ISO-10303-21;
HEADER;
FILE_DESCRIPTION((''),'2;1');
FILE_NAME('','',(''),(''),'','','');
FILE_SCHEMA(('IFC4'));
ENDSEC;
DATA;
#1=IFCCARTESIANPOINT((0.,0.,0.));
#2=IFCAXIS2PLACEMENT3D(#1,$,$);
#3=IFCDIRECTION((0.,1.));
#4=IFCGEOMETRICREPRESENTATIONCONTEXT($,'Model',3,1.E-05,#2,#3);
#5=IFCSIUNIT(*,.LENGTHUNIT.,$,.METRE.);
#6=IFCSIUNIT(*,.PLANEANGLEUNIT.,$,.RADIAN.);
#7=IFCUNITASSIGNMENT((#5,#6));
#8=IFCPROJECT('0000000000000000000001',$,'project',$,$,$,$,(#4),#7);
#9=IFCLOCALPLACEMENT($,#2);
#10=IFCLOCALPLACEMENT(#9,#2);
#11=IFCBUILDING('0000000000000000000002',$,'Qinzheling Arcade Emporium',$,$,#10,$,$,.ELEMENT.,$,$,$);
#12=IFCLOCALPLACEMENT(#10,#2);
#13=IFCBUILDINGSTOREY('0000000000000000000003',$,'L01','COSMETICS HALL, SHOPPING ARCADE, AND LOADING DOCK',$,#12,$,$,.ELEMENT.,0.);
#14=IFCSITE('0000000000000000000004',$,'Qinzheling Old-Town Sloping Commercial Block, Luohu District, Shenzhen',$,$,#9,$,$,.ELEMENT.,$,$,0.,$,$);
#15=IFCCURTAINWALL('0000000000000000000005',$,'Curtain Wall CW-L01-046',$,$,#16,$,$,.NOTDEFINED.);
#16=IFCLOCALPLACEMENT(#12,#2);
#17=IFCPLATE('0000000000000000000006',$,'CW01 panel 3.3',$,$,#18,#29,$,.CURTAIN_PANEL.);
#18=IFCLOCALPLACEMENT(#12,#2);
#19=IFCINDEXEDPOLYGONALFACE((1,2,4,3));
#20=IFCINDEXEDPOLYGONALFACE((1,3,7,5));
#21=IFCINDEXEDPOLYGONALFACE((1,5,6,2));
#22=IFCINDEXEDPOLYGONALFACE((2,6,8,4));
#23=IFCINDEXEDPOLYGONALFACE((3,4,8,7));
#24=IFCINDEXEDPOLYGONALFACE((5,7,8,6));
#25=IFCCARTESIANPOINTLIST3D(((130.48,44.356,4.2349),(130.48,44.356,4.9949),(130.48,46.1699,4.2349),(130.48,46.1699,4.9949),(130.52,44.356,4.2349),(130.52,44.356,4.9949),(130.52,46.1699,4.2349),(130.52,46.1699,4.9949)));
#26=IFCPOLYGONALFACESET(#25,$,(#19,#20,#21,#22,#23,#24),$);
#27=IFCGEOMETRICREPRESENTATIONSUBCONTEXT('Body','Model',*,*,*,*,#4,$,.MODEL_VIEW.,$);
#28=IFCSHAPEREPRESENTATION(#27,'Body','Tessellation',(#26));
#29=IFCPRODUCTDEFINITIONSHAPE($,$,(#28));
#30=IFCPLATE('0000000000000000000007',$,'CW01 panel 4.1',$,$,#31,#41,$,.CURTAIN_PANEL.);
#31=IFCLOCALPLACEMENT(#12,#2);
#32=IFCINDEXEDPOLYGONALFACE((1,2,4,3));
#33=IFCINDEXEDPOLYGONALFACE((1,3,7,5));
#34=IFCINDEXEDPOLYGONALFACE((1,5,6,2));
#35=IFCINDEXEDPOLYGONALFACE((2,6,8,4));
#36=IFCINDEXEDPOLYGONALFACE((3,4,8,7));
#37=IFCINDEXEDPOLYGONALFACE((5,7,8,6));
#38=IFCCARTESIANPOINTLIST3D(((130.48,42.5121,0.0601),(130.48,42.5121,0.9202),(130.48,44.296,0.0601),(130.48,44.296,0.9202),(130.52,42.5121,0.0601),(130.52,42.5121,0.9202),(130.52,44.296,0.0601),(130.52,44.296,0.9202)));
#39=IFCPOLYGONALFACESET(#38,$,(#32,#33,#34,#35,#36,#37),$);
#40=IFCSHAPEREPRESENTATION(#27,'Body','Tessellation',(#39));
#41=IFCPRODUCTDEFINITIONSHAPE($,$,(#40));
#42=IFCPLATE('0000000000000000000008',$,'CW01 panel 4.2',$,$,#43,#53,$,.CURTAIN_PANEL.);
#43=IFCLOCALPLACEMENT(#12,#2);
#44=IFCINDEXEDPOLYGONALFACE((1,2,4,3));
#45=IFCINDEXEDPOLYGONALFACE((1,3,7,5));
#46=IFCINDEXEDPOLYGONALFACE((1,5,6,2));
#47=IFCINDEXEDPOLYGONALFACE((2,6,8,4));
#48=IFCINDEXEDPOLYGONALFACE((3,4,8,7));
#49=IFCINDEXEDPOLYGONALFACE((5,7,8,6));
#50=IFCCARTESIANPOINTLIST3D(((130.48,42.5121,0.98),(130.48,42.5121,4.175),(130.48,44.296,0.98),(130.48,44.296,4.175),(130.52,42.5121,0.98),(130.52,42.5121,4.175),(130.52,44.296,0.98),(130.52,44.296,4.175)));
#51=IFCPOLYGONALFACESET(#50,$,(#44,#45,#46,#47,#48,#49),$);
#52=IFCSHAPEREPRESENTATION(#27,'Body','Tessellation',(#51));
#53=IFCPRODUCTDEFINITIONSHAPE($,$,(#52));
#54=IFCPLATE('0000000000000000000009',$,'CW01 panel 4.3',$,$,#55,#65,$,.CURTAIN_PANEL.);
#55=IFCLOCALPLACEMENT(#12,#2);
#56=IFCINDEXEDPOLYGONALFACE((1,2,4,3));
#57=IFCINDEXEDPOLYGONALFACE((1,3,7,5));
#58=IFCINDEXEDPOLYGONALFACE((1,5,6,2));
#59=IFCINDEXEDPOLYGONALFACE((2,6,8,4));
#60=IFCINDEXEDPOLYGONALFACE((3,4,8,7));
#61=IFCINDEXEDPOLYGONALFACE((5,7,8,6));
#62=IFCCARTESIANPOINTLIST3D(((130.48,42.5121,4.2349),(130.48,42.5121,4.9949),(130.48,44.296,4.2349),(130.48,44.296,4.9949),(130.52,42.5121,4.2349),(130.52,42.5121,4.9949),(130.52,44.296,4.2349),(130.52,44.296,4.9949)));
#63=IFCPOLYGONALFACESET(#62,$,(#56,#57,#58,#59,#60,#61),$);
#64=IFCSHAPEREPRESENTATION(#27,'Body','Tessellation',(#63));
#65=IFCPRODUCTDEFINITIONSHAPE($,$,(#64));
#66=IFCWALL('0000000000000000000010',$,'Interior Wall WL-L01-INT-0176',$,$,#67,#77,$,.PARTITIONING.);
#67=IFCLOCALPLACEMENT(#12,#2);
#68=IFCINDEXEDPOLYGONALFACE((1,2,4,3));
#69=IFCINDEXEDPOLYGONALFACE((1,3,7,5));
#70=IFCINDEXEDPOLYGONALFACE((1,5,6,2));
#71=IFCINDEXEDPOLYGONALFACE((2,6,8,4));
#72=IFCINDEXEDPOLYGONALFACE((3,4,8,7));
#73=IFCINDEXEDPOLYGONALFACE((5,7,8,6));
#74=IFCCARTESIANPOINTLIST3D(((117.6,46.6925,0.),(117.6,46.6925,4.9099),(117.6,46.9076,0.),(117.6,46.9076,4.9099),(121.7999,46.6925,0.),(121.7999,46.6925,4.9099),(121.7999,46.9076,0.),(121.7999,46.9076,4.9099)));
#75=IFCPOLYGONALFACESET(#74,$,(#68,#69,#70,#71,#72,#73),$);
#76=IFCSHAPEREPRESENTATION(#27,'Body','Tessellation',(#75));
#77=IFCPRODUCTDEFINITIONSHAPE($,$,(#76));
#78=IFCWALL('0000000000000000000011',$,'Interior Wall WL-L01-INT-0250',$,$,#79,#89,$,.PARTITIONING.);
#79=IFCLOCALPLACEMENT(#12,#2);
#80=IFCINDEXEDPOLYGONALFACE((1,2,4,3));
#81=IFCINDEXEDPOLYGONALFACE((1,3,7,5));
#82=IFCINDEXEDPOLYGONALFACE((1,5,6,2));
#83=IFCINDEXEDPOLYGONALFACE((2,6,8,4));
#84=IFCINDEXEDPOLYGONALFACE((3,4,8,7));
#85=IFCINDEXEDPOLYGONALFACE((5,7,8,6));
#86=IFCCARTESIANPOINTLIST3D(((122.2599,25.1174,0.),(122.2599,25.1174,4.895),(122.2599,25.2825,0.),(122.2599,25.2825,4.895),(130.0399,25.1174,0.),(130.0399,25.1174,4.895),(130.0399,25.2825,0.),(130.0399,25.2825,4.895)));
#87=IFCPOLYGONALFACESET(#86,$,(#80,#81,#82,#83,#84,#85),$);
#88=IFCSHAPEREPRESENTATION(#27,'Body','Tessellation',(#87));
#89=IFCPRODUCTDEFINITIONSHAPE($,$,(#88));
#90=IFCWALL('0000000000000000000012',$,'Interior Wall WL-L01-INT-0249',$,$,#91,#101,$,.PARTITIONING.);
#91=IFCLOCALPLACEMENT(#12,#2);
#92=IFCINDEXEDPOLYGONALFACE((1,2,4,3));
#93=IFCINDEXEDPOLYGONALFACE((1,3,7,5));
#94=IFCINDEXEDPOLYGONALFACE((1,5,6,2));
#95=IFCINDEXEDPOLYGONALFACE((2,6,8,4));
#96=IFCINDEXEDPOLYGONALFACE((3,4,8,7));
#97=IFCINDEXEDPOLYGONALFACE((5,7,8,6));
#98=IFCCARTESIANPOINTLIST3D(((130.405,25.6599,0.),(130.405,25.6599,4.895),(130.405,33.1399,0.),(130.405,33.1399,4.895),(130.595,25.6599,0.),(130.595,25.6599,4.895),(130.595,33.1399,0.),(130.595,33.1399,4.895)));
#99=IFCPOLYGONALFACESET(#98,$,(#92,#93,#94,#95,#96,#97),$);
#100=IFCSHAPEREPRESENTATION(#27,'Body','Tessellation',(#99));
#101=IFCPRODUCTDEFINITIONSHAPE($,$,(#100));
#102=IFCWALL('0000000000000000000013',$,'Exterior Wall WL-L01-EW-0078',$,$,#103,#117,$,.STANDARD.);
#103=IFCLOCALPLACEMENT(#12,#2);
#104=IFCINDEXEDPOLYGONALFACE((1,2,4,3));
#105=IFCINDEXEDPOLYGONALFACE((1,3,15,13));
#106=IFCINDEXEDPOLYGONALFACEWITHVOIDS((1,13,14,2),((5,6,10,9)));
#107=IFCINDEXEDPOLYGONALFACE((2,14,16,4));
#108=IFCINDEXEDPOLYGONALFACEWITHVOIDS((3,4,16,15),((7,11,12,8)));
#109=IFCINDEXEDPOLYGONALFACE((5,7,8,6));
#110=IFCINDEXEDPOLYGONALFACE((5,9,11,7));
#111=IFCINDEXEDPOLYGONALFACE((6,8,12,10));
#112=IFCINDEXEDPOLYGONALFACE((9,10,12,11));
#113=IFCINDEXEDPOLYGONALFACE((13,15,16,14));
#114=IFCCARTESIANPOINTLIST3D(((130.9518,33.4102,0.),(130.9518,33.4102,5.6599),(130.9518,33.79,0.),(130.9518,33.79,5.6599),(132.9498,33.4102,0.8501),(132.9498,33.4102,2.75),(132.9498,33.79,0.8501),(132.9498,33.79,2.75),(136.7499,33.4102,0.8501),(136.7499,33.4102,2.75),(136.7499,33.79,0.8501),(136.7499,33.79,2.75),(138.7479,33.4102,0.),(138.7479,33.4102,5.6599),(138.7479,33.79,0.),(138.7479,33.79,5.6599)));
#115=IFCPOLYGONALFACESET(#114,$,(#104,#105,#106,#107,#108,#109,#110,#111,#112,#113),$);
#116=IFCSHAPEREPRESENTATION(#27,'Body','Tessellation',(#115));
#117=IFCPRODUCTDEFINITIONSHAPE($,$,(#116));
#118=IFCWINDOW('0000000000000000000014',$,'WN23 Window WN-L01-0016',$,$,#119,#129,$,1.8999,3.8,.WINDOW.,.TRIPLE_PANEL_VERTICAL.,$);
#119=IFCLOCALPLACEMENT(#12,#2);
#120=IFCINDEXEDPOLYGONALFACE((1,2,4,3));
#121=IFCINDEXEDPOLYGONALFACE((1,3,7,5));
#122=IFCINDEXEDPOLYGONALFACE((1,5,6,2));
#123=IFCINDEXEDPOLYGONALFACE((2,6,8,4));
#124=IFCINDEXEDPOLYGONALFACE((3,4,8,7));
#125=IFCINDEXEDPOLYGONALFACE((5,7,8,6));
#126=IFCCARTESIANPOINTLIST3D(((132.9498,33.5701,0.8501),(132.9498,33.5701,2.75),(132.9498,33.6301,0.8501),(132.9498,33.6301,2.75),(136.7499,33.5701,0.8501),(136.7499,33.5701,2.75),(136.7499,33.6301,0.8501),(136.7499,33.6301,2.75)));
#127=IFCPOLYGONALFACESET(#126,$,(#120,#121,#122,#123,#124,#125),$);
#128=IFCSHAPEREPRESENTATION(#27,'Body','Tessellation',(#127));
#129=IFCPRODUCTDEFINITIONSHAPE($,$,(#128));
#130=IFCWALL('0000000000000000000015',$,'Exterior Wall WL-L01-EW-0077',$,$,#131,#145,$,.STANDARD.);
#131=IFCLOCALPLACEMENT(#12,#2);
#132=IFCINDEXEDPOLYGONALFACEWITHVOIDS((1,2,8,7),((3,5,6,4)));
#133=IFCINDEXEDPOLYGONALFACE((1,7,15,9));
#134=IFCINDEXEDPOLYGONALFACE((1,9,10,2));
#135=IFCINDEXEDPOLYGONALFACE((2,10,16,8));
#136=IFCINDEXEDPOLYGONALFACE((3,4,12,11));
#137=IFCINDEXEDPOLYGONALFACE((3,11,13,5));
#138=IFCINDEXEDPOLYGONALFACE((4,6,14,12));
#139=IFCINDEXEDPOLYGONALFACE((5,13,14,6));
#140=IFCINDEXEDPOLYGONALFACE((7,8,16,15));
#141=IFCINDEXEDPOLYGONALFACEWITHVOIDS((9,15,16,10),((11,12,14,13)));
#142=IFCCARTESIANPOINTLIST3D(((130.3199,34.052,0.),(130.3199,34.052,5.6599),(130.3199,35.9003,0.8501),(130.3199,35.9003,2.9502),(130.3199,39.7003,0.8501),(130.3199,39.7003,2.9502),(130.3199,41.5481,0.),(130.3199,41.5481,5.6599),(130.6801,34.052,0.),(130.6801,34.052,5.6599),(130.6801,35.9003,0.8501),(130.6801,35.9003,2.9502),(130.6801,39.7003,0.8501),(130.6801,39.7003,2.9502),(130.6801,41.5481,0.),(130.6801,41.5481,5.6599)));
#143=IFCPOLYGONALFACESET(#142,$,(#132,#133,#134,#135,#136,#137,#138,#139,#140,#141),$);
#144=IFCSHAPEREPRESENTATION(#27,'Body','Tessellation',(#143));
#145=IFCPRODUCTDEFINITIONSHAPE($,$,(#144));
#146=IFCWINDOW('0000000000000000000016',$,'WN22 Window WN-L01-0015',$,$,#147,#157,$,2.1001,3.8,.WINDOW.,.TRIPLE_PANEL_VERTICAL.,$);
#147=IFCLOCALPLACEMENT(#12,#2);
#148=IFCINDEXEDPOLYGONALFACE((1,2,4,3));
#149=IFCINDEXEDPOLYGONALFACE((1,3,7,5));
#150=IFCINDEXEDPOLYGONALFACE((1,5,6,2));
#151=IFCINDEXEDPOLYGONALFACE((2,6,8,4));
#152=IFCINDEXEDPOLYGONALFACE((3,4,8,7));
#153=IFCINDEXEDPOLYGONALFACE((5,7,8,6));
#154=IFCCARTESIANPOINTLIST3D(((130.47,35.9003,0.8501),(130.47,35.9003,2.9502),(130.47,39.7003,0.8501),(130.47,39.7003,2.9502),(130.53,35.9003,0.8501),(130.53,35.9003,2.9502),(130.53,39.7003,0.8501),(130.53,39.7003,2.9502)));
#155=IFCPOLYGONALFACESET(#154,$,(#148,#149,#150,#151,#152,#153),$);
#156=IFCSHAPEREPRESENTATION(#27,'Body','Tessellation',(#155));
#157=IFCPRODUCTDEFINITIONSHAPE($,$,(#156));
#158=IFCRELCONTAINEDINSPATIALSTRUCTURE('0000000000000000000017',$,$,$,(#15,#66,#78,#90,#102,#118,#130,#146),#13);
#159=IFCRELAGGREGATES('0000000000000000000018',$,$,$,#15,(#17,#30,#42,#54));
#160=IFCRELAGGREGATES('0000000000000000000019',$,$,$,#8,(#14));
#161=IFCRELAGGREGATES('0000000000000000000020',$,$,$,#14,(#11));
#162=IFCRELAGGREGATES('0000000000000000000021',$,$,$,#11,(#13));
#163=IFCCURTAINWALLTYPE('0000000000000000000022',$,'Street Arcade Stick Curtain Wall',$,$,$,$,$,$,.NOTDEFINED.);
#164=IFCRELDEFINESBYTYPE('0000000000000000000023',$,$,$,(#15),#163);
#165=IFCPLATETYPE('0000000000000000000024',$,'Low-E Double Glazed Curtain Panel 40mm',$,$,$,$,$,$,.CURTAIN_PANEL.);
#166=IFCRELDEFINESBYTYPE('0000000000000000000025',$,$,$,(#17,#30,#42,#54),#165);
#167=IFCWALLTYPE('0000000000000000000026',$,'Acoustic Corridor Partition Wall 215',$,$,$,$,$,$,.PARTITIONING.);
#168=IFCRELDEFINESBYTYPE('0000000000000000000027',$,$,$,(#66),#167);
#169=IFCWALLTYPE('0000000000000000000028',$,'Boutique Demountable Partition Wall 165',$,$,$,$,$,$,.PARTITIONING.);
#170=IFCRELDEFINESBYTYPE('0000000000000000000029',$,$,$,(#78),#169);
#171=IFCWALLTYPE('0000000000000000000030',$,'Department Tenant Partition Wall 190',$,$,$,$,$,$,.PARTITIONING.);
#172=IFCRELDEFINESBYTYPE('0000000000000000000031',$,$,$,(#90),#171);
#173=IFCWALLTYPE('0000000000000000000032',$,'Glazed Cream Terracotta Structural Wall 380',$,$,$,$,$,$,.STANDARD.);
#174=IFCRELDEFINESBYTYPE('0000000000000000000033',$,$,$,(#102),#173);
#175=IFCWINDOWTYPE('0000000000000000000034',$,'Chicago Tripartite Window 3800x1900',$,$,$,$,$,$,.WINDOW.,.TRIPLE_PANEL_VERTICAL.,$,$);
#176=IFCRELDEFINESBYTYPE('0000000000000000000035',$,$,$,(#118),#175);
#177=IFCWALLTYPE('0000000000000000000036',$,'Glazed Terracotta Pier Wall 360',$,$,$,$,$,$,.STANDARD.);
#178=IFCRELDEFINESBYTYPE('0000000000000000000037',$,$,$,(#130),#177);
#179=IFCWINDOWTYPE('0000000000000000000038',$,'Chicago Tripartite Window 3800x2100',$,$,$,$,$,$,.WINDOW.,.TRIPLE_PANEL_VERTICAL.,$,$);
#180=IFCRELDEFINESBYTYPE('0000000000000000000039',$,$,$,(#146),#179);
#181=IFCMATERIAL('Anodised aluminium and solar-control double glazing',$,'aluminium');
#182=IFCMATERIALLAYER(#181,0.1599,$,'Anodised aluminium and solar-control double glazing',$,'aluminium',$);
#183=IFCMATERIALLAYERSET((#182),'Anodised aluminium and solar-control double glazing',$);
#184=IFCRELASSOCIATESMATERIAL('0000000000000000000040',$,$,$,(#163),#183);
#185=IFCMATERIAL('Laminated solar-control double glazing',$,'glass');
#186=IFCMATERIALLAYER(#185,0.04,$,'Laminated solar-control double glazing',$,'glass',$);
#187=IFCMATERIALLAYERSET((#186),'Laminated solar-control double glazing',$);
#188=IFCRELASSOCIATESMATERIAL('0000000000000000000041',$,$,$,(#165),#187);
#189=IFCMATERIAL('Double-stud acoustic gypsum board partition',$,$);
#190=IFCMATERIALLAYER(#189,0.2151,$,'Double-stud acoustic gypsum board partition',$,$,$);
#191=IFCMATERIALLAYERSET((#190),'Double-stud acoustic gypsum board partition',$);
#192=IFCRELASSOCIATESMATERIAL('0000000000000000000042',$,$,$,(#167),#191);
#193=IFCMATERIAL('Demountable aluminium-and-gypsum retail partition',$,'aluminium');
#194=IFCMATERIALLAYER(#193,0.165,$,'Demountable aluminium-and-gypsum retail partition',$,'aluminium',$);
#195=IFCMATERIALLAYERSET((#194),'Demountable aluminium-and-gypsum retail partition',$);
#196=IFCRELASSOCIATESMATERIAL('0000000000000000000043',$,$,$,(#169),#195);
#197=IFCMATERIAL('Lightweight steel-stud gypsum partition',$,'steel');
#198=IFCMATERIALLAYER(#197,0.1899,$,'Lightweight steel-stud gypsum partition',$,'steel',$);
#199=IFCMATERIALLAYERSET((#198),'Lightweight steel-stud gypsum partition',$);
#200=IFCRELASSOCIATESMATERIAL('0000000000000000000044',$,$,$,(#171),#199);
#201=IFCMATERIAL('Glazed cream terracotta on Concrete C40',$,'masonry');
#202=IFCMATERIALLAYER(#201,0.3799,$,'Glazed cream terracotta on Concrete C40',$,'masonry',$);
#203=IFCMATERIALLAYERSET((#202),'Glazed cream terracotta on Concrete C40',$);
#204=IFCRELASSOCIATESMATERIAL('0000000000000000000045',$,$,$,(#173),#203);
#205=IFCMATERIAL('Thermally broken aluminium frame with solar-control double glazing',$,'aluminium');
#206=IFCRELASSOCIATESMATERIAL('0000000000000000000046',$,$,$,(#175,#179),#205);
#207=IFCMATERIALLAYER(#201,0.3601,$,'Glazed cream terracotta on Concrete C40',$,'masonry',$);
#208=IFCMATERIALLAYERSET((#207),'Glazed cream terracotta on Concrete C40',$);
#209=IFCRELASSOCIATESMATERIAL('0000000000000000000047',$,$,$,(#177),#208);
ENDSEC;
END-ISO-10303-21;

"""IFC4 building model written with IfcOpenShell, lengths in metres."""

from ifc_helpers import new_model, si_unit, direction, frame, frame_2d, origin, origin_2d, place, context, subcontext, project, spatial, rectangle, extrude, material, layer, layer_set, type_object, element, fill, aggregate, save


model = new_model("IFC4")

# Units and contexts
model_context = context("Model", 3, precision=1e-05, world=origin(), true_north=direction((0.0, 1.0)))
body_context = subcontext(model_context, "Body", "Model", "MODEL_VIEW")
ifc_project = project(units=[si_unit("LENGTHUNIT", "METRE"), si_unit("PLANEANGLEUNIT", "RADIAN")], contexts=[model_context])

# Site, building, storey
site_placement = place(None, origin())
site = spatial("IfcSite", under=ifc_project, at=site_placement, Name="Qinzheling Old-Town Sloping Commercial Block, Luohu District, Shenzhen", CompositionType="ELEMENT", RefElevation=0.0)
building_placement = place(site_placement, origin())
building = spatial("IfcBuilding", under=site, at=building_placement, Name="Qinzheling Arcade Emporium", CompositionType="ELEMENT")
storey_placement = place(building_placement, origin())
storey = spatial("IfcBuildingStorey", under=building, at=storey_placement, Name="L01", Description="COSMETICS HALL, SHOPPING ARCADE, AND LOADING DOCK", CompositionType="ELEMENT", Elevation=0.0)

# Curtain wall
ifc_material_1 = material(Name="Anodised aluminium and solar-control double glazing", Category="aluminium")
ifc_layer_1 = layer(ifc_material_1, 0.1599, Name="Anodised aluminium and solar-control double glazing", Category="aluminium")
ifc_layer_set_1 = layer_set([ifc_layer_1], Name="Anodised aluminium and solar-control double glazing")
curtain_wall_type = type_object("IfcCurtainWallType", Name="Street Arcade Stick Curtain Wall", PredefinedType="NOTDEFINED", material=ifc_layer_set_1)
curtain_wall_placement = place(storey_placement, origin())
curtain_wall = element("IfcCurtainWall", 1, at=curtain_wall_placement, inside=storey, type_object=curtain_wall_type, Name="Curtain Wall CW-L01-046", PredefinedType="NOTDEFINED")

# Plates
ifc_material_2 = material(Name="Laminated solar-control double glazing", Category="glass")
ifc_layer_2 = layer(ifc_material_2, 0.04, Name="Laminated solar-control double glazing", Category="glass")
ifc_layer_set_2 = layer_set([ifc_layer_2], Name="Laminated solar-control double glazing")
plate_type = type_object("IfcPlateType", Name="Low-E Double Glazed Curtain Panel 40mm", PredefinedType="CURTAIN_PANEL", material=ifc_layer_set_2)
plate_1_placement = place(storey_placement, frame((130.5, 45.2629, 4.2349), z_axis=(0.0, 0.0, 1.0), x_axis=(0.0, -1.0, 0.0)))
plate_1 = element("IfcPlate", 2, at=plate_1_placement, type_object=plate_type, Name="CW01 panel 3.3", PredefinedType="CURTAIN_PANEL", context=body_context, shape_type="SweptSolid", body=[
    extrude(rectangle(XDim=1.814, YDim=0.04, at=origin_2d()), origin(), (0.0, 0.0, 1.0), 0.76),
])
plate_2_placement = place(storey_placement, frame((130.5, 43.4041, 0.0601), z_axis=(0.0, 0.0, 1.0), x_axis=(0.0, -1.0, 0.0)))
plate_2 = element("IfcPlate", 3, at=plate_2_placement, type_object=plate_type, Name="CW01 panel 4.1", PredefinedType="CURTAIN_PANEL", context=body_context, shape_type="SweptSolid", body=[
    extrude(rectangle(XDim=1.7839, YDim=0.04, at=origin_2d()), origin(), (0.0, 0.0, 1.0), 0.8601),
])
plate_3_placement = place(storey_placement, frame((130.5, 43.4041, 0.98), z_axis=(0.0, 0.0, 1.0), x_axis=(0.0, -1.0, 0.0)))
plate_3 = element("IfcPlate", 4, at=plate_3_placement, type_object=plate_type, Name="CW01 panel 4.2", PredefinedType="CURTAIN_PANEL", context=body_context, shape_type="SweptSolid", body=[
    extrude(rectangle(XDim=1.7839, YDim=0.04, at=origin_2d()), origin(), (0.0, 0.0, 1.0), 3.1951),
])
plate_4_placement = place(storey_placement, frame((130.5, 43.4041, 4.2349), z_axis=(0.0, 0.0, 1.0), x_axis=(0.0, -1.0, 0.0)))
plate_4 = element("IfcPlate", 5, at=plate_4_placement, type_object=plate_type, Name="CW01 panel 4.3", PredefinedType="CURTAIN_PANEL", context=body_context, shape_type="SweptSolid", body=[
    extrude(rectangle(XDim=1.7839, YDim=0.04, at=origin_2d()), origin(), (0.0, 0.0, 1.0), 0.76),
])
aggregate(curtain_wall, [plate_1, plate_2, plate_3, plate_4])

# Walls
ifc_material_3 = material(Name="Double-stud acoustic gypsum board partition")
ifc_layer_3 = layer(ifc_material_3, 0.2151, Name="Double-stud acoustic gypsum board partition")
ifc_layer_set_3 = layer_set([ifc_layer_3], Name="Double-stud acoustic gypsum board partition")
wall_type_1 = type_object("IfcWallType", Name="Acoustic Corridor Partition Wall 215", PredefinedType="PARTITIONING", material=ifc_layer_set_3)
wall_1_placement = place(storey_placement, frame((121.8, 46.8, 0.0), z_axis=(0.0, 0.0, 1.0), x_axis=(-1.0, 0.0, 0.0)))
element("IfcWall", 6, at=wall_1_placement, inside=storey, type_object=wall_type_1, Name="Interior Wall WL-L01-INT-0176", PredefinedType="PARTITIONING", context=body_context, shape_type="SweptSolid", body=[
    extrude(rectangle(XDim=4.2, YDim=0.2151, at=frame_2d((2.1001, 0.0))), origin(), (0.0, 0.0, 1.0), 4.9099),
])
ifc_material_4 = material(Name="Demountable aluminium-and-gypsum retail partition", Category="aluminium")
ifc_layer_4 = layer(ifc_material_4, 0.165, Name="Demountable aluminium-and-gypsum retail partition", Category="aluminium")
ifc_layer_set_4 = layer_set([ifc_layer_4], Name="Demountable aluminium-and-gypsum retail partition")
wall_type_2 = type_object("IfcWallType", Name="Boutique Demountable Partition Wall 165", PredefinedType="PARTITIONING", material=ifc_layer_set_4)
wall_2_placement = place(storey_placement, frame((130.04, 25.2, 0.0), z_axis=(0.0, 0.0, 1.0), x_axis=(-1.0, 0.0, 0.0)))
element("IfcWall", 7, at=wall_2_placement, inside=storey, type_object=wall_type_2, Name="Interior Wall WL-L01-INT-0250", PredefinedType="PARTITIONING", context=body_context, shape_type="SweptSolid", body=[
    extrude(rectangle(XDim=7.78, YDim=0.165, at=frame_2d((3.8901, 0.0))), origin(), (0.0, 0.0, 1.0), 4.895),
])
ifc_material_5 = material(Name="Lightweight steel-stud gypsum partition", Category="steel")
ifc_layer_5 = layer(ifc_material_5, 0.1899, Name="Lightweight steel-stud gypsum partition", Category="steel")
ifc_layer_set_5 = layer_set([ifc_layer_5], Name="Lightweight steel-stud gypsum partition")
wall_type_3 = type_object("IfcWallType", Name="Department Tenant Partition Wall 190", PredefinedType="PARTITIONING", material=ifc_layer_set_5)
wall_3_placement = place(storey_placement, frame((130.5, 33.1399, 0.0), z_axis=(0.0, 0.0, 1.0), x_axis=(0.0, -1.0, 0.0)))
element("IfcWall", 8, at=wall_3_placement, inside=storey, type_object=wall_type_3, Name="Interior Wall WL-L01-INT-0249", PredefinedType="PARTITIONING", context=body_context, shape_type="SweptSolid", body=[
    extrude(rectangle(XDim=7.48, YDim=0.1899, at=frame_2d((3.74, 0.0))), origin(), (0.0, 0.0, 1.0), 4.895),
])

# Walls, openings, windows
ifc_material_6 = material(Name="Glazed cream terracotta on Concrete C40", Category="masonry")
ifc_layer_6 = layer(ifc_material_6, 0.3799, Name="Glazed cream terracotta on Concrete C40", Category="masonry")
ifc_layer_set_6 = layer_set([ifc_layer_6], Name="Glazed cream terracotta on Concrete C40")
wall_type_4 = type_object("IfcWallType", Name="Glazed Cream Terracotta Structural Wall 380", PredefinedType="STANDARD", material=ifc_layer_set_6)
wall_4_placement = place(storey_placement, frame((130.9519, 33.6001, 0.0), z_axis=(0.0, 0.0, 1.0), x_axis=(1.0, 0.0, 0.0)))
wall_4 = element("IfcWall", 9, at=wall_4_placement, inside=storey, type_object=wall_type_4, Name="Exterior Wall WL-L01-EW-0078", PredefinedType="STANDARD", context=body_context, shape_type="SweptSolid", body=[
    extrude(rectangle(XDim=7.7961, YDim=0.3799, at=frame_2d((3.8979, 0.0))), origin(), (0.0, 0.0, 1.0), 5.6599),
])
opening_1_placement = place(wall_4_placement, frame((1.998, 0.0, 0.8501)))
opening_1 = element("IfcOpeningElement", 10, at=opening_1_placement, cuts=wall_4, PredefinedType="OPENING", context=body_context, shape_type="SweptSolid", body=[
    extrude(rectangle(XDim=3.8, YDim=1.8999, at=frame_2d((1.8999, 0.95))), frame((0.0, 0.2, 0.0), z_axis=(0.0, -1.0, 0.0), x_axis=(1.0, 0.0, 0.0)), (0.0, 0.0, 1.0), 0.3999),
])
ifc_material_7 = material(Name="Thermally broken aluminium frame with solar-control double glazing", Category="aluminium")
window_type_1 = type_object("IfcWindowType", Name="Chicago Tripartite Window 3800x1900", PartitioningType="TRIPLE_PANEL_VERTICAL", PredefinedType="WINDOW", material=ifc_material_7)
window_1_placement = place(opening_1_placement, origin())
window_1 = element("IfcWindow", 11, at=window_1_placement, inside=storey, type_object=window_type_1, Name="WN23 Window WN-L01-0016", OverallHeight=1.8999, OverallWidth=3.8, PartitioningType="TRIPLE_PANEL_VERTICAL", PredefinedType="WINDOW", context=body_context, shape_type="SweptSolid", body=[
    extrude(rectangle(XDim=3.8, YDim=1.8999, at=frame_2d((1.8999, 0.95))), frame((0.0, 0.03, 0.0), z_axis=(0.0, -1.0, 0.0), x_axis=(1.0, 0.0, 0.0)), (0.0, 0.0, 1.0), 0.0601),
])
fill(opening_1, window_1)
ifc_layer_7 = layer(ifc_material_6, 0.3601, Name="Glazed cream terracotta on Concrete C40", Category="masonry")
ifc_layer_set_7 = layer_set([ifc_layer_7], Name="Glazed cream terracotta on Concrete C40")
wall_type_5 = type_object("IfcWallType", Name="Glazed Terracotta Pier Wall 360", PredefinedType="STANDARD", material=ifc_layer_set_7)
wall_5_placement = place(storey_placement, frame((130.5, 41.5481, 0.0), z_axis=(0.0, 0.0, 1.0), x_axis=(0.0, -1.0, 0.0)))
wall_5 = element("IfcWall", 12, at=wall_5_placement, inside=storey, type_object=wall_type_5, Name="Exterior Wall WL-L01-EW-0077", PredefinedType="STANDARD", context=body_context, shape_type="SweptSolid", body=[
    extrude(rectangle(XDim=7.4961, YDim=0.3601, at=frame_2d((3.748, 0.0))), origin(), (0.0, 0.0, 1.0), 5.6599),
])
opening_2_placement = place(wall_5_placement, frame((1.8479, 0.0, 0.8501)))
opening_2 = element("IfcOpeningElement", 13, at=opening_2_placement, cuts=wall_5, PredefinedType="OPENING", context=body_context, shape_type="SweptSolid", body=[
    extrude(rectangle(XDim=3.8, YDim=2.1001, at=frame_2d((1.8999, 1.05))), frame((0.0, 0.1899, 0.0), z_axis=(0.0, -1.0, 0.0), x_axis=(1.0, 0.0, 0.0)), (0.0, 0.0, 1.0), 0.3801),
])
window_type_2 = type_object("IfcWindowType", Name="Chicago Tripartite Window 3800x2100", PartitioningType="TRIPLE_PANEL_VERTICAL", PredefinedType="WINDOW", material=ifc_material_7)
window_2_placement = place(opening_2_placement, origin())
window_2 = element("IfcWindow", 14, at=window_2_placement, inside=storey, type_object=window_type_2, Name="WN22 Window WN-L01-0015", OverallHeight=2.1001, OverallWidth=3.8, PartitioningType="TRIPLE_PANEL_VERTICAL", PredefinedType="WINDOW", context=body_context, shape_type="SweptSolid", body=[
    extrude(rectangle(XDim=3.8, YDim=2.1001, at=frame_2d((1.8999, 1.05))), frame((0.0, 0.03, 0.0), z_axis=(0.0, -1.0, 0.0), x_axis=(1.0, 0.0, 0.0)), (0.0, 0.0, 1.0), 0.0601),
])
fill(opening_2, window_2)

save(model, "model.ifc")
